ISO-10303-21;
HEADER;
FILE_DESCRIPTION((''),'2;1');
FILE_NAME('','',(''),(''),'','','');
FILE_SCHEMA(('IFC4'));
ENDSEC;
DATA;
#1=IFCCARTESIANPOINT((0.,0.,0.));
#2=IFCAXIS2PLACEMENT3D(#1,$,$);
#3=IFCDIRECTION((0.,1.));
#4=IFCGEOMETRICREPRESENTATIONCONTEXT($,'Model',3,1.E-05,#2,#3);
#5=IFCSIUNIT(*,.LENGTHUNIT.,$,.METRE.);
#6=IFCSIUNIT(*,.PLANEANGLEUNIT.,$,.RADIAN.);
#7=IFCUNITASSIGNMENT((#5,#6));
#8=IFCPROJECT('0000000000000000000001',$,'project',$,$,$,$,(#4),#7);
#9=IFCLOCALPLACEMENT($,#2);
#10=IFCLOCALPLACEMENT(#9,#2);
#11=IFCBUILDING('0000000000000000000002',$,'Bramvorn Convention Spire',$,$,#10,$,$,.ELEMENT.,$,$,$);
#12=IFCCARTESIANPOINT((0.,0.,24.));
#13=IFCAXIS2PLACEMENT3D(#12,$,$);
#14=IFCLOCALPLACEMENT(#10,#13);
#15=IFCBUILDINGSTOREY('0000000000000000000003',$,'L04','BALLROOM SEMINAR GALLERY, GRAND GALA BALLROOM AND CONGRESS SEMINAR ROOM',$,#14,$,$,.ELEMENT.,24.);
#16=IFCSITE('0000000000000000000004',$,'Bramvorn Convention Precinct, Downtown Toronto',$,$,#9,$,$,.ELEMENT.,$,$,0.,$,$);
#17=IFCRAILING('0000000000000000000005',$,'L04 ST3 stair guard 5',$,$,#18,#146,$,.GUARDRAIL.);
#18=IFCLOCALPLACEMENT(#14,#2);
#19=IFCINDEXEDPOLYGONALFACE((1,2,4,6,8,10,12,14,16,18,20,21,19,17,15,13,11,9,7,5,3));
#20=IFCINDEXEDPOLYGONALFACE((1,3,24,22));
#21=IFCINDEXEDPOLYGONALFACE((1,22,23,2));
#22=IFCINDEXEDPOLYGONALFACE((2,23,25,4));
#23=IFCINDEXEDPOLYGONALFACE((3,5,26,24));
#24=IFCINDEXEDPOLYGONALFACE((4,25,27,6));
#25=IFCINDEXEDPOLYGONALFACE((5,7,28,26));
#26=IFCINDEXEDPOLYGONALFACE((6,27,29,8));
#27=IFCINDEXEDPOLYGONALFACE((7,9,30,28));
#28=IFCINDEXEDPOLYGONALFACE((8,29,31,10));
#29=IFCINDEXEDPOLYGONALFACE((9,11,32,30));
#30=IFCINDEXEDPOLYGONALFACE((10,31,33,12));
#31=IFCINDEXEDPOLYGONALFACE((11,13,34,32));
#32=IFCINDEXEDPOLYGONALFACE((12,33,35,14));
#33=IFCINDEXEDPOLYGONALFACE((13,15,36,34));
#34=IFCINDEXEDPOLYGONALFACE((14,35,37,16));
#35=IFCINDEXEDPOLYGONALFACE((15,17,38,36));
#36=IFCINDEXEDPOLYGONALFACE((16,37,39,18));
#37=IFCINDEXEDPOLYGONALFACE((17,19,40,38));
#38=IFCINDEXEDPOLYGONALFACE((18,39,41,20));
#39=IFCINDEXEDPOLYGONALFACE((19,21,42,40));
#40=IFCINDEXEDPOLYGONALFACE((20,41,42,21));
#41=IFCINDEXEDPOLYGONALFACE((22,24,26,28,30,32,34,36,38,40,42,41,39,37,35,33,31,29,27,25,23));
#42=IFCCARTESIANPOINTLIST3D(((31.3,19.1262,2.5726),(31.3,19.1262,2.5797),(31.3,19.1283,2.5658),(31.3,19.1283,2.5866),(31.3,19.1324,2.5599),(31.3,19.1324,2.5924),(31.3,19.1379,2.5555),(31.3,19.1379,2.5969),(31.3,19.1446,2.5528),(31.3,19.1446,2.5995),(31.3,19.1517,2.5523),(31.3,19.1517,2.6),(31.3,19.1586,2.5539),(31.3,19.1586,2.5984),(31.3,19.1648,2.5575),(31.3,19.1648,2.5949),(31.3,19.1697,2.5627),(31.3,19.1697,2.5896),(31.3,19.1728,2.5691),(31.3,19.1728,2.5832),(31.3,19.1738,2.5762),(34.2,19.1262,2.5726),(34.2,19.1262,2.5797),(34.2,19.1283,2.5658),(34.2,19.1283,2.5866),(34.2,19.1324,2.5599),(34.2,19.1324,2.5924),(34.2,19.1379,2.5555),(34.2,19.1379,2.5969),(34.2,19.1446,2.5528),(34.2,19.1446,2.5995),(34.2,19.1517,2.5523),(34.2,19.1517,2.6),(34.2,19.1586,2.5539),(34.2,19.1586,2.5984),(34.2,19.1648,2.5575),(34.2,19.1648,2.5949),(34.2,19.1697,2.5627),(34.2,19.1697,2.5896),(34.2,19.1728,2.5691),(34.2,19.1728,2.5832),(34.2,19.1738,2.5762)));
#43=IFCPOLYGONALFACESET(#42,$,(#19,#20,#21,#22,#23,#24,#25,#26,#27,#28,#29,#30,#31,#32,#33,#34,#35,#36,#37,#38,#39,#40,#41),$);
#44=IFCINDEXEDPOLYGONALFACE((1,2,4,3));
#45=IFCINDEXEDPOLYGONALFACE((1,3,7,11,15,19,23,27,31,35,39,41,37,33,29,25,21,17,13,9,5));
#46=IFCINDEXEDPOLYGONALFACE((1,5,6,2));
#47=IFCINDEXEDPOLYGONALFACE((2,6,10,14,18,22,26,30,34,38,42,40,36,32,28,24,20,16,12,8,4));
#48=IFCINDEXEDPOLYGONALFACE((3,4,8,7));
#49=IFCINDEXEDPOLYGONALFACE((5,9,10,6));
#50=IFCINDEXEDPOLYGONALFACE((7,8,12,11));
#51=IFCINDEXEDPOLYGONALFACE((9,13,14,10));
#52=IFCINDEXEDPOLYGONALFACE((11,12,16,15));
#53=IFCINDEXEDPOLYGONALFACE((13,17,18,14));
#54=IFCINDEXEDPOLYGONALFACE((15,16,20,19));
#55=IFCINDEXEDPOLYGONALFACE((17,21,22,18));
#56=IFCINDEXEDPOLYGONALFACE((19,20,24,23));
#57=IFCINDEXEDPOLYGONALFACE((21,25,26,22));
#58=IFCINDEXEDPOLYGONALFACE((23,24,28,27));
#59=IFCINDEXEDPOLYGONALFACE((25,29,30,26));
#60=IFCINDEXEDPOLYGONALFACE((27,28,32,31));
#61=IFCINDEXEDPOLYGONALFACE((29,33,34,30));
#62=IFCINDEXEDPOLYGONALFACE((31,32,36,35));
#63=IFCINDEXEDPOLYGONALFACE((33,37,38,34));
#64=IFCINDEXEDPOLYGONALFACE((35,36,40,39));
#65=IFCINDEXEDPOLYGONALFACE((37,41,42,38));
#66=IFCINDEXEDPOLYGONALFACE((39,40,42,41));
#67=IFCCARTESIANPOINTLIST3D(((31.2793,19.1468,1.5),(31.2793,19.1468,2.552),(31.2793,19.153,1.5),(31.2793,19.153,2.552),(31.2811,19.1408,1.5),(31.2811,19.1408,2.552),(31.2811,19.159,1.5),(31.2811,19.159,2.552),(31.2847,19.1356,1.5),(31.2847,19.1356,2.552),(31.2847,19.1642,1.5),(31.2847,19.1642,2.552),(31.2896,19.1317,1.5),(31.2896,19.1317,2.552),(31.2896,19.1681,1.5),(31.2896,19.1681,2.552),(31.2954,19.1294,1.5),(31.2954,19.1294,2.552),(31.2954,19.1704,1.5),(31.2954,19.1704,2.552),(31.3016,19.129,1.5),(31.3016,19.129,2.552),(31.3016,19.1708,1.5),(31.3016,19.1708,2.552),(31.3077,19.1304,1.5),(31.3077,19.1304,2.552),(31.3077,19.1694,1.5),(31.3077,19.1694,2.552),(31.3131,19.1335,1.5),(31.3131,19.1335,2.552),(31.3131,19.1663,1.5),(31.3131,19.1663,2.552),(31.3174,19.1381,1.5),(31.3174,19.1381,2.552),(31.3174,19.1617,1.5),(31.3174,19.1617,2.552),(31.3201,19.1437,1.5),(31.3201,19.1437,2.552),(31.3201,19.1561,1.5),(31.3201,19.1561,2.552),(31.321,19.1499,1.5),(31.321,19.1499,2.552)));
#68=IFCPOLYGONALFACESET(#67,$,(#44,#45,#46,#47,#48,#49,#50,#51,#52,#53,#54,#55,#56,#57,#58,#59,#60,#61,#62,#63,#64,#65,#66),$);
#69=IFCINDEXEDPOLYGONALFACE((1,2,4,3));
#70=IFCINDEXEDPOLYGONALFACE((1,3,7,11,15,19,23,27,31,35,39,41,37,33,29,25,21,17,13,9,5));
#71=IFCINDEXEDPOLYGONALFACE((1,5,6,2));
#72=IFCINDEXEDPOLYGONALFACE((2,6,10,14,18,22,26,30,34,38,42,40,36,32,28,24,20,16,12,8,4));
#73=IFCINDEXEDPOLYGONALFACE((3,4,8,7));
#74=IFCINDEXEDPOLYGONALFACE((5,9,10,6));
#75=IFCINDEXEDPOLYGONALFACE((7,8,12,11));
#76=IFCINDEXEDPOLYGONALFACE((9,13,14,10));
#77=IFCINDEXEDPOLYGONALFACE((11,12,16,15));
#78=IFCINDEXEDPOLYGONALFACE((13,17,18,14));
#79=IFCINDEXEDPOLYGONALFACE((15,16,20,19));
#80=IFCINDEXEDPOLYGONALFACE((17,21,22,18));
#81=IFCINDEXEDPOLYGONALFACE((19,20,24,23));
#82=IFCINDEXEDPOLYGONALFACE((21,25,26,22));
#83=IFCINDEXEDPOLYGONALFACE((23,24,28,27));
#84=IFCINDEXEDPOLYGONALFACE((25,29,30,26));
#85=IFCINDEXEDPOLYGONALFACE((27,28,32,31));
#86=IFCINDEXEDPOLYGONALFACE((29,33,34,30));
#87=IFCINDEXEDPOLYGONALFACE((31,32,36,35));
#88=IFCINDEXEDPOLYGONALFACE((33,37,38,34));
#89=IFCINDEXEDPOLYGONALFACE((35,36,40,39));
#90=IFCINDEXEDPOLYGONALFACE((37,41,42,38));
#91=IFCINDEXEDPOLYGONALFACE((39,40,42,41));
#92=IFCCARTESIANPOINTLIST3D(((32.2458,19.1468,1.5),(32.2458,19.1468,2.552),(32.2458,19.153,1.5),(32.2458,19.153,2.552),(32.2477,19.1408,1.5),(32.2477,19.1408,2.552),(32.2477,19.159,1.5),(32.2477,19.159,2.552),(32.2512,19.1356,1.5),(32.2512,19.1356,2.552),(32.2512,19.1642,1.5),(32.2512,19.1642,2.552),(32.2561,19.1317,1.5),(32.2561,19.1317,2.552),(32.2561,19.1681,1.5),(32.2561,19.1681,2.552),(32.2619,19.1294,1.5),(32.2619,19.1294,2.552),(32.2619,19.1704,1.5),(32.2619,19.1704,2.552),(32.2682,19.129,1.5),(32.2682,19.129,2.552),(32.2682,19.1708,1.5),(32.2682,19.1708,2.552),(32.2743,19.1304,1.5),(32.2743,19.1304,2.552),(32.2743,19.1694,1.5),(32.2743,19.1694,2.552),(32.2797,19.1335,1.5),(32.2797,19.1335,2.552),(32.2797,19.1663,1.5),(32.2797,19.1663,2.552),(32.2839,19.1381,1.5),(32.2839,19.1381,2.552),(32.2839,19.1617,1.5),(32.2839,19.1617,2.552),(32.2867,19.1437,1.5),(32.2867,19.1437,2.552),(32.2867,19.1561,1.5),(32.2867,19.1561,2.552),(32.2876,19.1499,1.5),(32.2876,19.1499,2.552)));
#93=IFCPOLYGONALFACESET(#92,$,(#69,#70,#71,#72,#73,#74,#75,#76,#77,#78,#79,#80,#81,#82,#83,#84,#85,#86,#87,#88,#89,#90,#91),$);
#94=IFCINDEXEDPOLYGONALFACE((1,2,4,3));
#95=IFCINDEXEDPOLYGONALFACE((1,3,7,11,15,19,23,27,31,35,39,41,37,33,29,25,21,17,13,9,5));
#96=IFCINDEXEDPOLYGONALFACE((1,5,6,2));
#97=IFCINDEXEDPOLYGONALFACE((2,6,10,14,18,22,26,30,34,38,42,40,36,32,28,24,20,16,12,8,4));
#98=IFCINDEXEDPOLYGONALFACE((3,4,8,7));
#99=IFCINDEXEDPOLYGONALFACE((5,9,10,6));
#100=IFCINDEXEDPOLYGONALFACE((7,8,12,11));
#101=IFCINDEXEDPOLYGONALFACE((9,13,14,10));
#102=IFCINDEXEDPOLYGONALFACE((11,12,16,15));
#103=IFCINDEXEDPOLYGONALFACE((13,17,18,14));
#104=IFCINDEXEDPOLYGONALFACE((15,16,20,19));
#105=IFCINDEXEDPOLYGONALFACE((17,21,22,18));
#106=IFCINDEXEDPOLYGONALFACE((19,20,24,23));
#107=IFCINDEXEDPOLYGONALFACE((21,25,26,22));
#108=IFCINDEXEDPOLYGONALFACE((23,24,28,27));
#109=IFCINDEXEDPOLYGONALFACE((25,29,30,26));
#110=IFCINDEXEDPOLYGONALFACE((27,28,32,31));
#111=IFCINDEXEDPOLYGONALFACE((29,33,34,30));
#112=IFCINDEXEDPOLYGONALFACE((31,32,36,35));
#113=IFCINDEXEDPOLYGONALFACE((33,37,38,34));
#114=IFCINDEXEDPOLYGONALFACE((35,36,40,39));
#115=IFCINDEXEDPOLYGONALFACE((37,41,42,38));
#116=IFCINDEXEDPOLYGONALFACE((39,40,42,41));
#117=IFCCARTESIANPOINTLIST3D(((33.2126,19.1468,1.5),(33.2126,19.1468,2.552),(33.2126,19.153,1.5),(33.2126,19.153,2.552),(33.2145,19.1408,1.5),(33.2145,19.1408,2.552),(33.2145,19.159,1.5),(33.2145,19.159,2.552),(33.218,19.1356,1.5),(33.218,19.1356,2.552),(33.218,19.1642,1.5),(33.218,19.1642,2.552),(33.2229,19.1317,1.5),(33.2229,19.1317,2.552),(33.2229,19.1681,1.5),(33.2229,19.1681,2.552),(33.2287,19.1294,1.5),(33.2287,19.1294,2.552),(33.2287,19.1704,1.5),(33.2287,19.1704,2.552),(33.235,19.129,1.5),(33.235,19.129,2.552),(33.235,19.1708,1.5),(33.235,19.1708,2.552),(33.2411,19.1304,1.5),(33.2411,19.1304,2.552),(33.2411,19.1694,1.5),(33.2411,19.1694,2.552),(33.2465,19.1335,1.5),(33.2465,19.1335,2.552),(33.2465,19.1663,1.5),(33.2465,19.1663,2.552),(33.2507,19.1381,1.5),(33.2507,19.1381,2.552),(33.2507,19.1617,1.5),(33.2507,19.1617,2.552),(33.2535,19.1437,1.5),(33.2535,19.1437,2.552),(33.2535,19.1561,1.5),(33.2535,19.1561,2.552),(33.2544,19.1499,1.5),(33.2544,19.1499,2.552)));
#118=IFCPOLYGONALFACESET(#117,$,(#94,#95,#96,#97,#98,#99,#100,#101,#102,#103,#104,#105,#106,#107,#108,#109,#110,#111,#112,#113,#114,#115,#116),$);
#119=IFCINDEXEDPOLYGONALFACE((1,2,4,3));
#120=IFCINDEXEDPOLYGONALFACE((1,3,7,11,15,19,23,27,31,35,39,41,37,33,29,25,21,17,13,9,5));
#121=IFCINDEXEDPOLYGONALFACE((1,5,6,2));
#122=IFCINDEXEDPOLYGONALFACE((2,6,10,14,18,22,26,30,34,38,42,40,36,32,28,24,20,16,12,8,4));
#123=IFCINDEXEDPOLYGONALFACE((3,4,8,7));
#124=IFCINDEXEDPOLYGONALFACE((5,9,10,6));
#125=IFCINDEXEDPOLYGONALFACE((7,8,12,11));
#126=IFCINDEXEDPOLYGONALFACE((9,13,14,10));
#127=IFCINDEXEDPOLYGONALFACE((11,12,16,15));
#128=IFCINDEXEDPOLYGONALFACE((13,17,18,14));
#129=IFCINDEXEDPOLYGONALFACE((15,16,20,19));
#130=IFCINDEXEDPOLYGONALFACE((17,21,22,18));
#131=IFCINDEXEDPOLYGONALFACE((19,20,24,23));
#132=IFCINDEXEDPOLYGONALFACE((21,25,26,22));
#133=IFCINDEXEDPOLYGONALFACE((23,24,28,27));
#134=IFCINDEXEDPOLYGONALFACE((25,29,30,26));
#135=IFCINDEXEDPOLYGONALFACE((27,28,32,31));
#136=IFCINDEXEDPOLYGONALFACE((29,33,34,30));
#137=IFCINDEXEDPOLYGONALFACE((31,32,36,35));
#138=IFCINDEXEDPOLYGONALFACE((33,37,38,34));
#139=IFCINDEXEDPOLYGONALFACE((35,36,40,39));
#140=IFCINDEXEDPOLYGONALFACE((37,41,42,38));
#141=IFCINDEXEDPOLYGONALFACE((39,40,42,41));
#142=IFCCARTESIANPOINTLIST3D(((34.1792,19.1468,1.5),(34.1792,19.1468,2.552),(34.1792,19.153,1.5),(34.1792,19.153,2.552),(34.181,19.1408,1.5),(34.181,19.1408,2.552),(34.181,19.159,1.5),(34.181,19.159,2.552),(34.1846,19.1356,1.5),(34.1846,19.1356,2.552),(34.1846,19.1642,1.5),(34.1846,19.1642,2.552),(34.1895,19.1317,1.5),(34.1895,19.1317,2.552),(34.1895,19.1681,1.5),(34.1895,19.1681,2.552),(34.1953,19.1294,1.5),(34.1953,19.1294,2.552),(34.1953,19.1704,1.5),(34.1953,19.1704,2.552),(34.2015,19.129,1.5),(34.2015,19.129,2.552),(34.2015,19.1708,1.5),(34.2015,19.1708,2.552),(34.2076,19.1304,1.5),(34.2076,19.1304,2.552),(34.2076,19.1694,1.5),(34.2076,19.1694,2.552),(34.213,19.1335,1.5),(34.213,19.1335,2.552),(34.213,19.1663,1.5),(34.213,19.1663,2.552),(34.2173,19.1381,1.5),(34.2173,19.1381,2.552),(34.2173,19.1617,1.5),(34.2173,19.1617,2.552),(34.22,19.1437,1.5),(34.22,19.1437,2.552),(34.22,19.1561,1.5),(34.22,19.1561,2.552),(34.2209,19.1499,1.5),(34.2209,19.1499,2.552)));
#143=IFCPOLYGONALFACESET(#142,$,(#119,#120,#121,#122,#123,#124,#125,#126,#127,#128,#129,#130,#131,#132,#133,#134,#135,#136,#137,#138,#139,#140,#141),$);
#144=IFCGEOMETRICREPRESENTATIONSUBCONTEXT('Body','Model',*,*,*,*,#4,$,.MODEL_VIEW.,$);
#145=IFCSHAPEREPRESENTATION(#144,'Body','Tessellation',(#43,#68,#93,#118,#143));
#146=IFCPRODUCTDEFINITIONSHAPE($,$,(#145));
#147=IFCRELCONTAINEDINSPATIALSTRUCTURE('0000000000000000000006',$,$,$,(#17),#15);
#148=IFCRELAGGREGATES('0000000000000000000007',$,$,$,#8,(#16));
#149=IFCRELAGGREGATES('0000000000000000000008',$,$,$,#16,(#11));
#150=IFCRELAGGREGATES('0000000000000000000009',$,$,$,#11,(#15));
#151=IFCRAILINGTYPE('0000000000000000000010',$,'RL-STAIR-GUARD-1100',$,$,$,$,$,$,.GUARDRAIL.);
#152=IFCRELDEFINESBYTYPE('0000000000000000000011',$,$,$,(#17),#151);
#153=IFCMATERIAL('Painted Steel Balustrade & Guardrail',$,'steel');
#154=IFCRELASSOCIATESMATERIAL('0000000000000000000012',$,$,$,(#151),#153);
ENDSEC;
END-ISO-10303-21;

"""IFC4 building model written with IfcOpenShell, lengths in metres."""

from ifc_helpers import new_model, si_unit, direction, frame, origin, origin_2d, place, context, subcontext, project, spatial, circle, extrude, material, type_object, element, save


model = new_model("IFC4")

# Units and contexts
model_context = context("Model", 3, precision=1e-05, world=origin(), true_north=direction((0.0, 1.0)))
body_context = subcontext(model_context, "Body", "Model", "MODEL_VIEW")
ifc_project = project(units=[si_unit("LENGTHUNIT", "METRE"), si_unit("PLANEANGLEUNIT", "RADIAN")], contexts=[model_context])

# Site, building, storey
site_placement = place(None, origin())
site = spatial("IfcSite", under=ifc_project, at=site_placement, Name="Bramvorn Convention Precinct, Downtown Toronto", CompositionType="ELEMENT", RefElevation=0.0)
building_placement = place(site_placement, origin())
building = spatial("IfcBuilding", under=site, at=building_placement, Name="Bramvorn Convention Spire", CompositionType="ELEMENT")
storey_placement = place(building_placement, frame((0.0, 0.0, 24.0)))
storey = spatial("IfcBuildingStorey", under=building, at=storey_placement, Name="L04", Description="BALLROOM SEMINAR GALLERY, GRAND GALA BALLROOM AND CONGRESS SEMINAR ROOM", CompositionType="ELEMENT", Elevation=24.0)

# Railing
ifc_material_1 = material(Name="Painted Steel Balustrade & Guardrail", Category="steel")
railing_type = type_object("IfcRailingType", Name="RL-STAIR-GUARD-1100", PredefinedType="GUARDRAIL", material=ifc_material_1)
for number, where, name in (
    (1, (31.3, 19.1499, 1.5), "L04 ST3 stair guard 5"),
):
    element("IfcRailing", number, at=place(storey_placement, frame(where)), inside=storey, type_object=railing_type, Name=name, PredefinedType="GUARDRAIL", context=body_context, shape_type="SweptSolid", body=[
        extrude(circle(Radius=0.0239, at=origin_2d()), frame((0.0, 0.0, 1.0762), z_axis=(1.0, 0.0, 0.0), x_axis=(0.0, 1.0, 0.0)), (0.0, 0.0, 1.0), 2.8999),
        extrude(circle(Radius=0.021, at=origin_2d()), origin(), (0.0, 0.0, 1.0), 1.052),
        extrude(circle(Radius=0.021, at=origin_2d()), frame((0.9666, 0.0, 0.0)), (0.0, 0.0, 1.0), 1.052),
        extrude(circle(Radius=0.021, at=origin_2d()), frame((1.9333, 0.0, 0.0)), (0.0, 0.0, 1.0), 1.052),
        extrude(circle(Radius=0.021, at=origin_2d()), frame((2.8999, 0.0, 0.0)), (0.0, 0.0, 1.0), 1.052),
    ])

save(model, "model.ifc")
